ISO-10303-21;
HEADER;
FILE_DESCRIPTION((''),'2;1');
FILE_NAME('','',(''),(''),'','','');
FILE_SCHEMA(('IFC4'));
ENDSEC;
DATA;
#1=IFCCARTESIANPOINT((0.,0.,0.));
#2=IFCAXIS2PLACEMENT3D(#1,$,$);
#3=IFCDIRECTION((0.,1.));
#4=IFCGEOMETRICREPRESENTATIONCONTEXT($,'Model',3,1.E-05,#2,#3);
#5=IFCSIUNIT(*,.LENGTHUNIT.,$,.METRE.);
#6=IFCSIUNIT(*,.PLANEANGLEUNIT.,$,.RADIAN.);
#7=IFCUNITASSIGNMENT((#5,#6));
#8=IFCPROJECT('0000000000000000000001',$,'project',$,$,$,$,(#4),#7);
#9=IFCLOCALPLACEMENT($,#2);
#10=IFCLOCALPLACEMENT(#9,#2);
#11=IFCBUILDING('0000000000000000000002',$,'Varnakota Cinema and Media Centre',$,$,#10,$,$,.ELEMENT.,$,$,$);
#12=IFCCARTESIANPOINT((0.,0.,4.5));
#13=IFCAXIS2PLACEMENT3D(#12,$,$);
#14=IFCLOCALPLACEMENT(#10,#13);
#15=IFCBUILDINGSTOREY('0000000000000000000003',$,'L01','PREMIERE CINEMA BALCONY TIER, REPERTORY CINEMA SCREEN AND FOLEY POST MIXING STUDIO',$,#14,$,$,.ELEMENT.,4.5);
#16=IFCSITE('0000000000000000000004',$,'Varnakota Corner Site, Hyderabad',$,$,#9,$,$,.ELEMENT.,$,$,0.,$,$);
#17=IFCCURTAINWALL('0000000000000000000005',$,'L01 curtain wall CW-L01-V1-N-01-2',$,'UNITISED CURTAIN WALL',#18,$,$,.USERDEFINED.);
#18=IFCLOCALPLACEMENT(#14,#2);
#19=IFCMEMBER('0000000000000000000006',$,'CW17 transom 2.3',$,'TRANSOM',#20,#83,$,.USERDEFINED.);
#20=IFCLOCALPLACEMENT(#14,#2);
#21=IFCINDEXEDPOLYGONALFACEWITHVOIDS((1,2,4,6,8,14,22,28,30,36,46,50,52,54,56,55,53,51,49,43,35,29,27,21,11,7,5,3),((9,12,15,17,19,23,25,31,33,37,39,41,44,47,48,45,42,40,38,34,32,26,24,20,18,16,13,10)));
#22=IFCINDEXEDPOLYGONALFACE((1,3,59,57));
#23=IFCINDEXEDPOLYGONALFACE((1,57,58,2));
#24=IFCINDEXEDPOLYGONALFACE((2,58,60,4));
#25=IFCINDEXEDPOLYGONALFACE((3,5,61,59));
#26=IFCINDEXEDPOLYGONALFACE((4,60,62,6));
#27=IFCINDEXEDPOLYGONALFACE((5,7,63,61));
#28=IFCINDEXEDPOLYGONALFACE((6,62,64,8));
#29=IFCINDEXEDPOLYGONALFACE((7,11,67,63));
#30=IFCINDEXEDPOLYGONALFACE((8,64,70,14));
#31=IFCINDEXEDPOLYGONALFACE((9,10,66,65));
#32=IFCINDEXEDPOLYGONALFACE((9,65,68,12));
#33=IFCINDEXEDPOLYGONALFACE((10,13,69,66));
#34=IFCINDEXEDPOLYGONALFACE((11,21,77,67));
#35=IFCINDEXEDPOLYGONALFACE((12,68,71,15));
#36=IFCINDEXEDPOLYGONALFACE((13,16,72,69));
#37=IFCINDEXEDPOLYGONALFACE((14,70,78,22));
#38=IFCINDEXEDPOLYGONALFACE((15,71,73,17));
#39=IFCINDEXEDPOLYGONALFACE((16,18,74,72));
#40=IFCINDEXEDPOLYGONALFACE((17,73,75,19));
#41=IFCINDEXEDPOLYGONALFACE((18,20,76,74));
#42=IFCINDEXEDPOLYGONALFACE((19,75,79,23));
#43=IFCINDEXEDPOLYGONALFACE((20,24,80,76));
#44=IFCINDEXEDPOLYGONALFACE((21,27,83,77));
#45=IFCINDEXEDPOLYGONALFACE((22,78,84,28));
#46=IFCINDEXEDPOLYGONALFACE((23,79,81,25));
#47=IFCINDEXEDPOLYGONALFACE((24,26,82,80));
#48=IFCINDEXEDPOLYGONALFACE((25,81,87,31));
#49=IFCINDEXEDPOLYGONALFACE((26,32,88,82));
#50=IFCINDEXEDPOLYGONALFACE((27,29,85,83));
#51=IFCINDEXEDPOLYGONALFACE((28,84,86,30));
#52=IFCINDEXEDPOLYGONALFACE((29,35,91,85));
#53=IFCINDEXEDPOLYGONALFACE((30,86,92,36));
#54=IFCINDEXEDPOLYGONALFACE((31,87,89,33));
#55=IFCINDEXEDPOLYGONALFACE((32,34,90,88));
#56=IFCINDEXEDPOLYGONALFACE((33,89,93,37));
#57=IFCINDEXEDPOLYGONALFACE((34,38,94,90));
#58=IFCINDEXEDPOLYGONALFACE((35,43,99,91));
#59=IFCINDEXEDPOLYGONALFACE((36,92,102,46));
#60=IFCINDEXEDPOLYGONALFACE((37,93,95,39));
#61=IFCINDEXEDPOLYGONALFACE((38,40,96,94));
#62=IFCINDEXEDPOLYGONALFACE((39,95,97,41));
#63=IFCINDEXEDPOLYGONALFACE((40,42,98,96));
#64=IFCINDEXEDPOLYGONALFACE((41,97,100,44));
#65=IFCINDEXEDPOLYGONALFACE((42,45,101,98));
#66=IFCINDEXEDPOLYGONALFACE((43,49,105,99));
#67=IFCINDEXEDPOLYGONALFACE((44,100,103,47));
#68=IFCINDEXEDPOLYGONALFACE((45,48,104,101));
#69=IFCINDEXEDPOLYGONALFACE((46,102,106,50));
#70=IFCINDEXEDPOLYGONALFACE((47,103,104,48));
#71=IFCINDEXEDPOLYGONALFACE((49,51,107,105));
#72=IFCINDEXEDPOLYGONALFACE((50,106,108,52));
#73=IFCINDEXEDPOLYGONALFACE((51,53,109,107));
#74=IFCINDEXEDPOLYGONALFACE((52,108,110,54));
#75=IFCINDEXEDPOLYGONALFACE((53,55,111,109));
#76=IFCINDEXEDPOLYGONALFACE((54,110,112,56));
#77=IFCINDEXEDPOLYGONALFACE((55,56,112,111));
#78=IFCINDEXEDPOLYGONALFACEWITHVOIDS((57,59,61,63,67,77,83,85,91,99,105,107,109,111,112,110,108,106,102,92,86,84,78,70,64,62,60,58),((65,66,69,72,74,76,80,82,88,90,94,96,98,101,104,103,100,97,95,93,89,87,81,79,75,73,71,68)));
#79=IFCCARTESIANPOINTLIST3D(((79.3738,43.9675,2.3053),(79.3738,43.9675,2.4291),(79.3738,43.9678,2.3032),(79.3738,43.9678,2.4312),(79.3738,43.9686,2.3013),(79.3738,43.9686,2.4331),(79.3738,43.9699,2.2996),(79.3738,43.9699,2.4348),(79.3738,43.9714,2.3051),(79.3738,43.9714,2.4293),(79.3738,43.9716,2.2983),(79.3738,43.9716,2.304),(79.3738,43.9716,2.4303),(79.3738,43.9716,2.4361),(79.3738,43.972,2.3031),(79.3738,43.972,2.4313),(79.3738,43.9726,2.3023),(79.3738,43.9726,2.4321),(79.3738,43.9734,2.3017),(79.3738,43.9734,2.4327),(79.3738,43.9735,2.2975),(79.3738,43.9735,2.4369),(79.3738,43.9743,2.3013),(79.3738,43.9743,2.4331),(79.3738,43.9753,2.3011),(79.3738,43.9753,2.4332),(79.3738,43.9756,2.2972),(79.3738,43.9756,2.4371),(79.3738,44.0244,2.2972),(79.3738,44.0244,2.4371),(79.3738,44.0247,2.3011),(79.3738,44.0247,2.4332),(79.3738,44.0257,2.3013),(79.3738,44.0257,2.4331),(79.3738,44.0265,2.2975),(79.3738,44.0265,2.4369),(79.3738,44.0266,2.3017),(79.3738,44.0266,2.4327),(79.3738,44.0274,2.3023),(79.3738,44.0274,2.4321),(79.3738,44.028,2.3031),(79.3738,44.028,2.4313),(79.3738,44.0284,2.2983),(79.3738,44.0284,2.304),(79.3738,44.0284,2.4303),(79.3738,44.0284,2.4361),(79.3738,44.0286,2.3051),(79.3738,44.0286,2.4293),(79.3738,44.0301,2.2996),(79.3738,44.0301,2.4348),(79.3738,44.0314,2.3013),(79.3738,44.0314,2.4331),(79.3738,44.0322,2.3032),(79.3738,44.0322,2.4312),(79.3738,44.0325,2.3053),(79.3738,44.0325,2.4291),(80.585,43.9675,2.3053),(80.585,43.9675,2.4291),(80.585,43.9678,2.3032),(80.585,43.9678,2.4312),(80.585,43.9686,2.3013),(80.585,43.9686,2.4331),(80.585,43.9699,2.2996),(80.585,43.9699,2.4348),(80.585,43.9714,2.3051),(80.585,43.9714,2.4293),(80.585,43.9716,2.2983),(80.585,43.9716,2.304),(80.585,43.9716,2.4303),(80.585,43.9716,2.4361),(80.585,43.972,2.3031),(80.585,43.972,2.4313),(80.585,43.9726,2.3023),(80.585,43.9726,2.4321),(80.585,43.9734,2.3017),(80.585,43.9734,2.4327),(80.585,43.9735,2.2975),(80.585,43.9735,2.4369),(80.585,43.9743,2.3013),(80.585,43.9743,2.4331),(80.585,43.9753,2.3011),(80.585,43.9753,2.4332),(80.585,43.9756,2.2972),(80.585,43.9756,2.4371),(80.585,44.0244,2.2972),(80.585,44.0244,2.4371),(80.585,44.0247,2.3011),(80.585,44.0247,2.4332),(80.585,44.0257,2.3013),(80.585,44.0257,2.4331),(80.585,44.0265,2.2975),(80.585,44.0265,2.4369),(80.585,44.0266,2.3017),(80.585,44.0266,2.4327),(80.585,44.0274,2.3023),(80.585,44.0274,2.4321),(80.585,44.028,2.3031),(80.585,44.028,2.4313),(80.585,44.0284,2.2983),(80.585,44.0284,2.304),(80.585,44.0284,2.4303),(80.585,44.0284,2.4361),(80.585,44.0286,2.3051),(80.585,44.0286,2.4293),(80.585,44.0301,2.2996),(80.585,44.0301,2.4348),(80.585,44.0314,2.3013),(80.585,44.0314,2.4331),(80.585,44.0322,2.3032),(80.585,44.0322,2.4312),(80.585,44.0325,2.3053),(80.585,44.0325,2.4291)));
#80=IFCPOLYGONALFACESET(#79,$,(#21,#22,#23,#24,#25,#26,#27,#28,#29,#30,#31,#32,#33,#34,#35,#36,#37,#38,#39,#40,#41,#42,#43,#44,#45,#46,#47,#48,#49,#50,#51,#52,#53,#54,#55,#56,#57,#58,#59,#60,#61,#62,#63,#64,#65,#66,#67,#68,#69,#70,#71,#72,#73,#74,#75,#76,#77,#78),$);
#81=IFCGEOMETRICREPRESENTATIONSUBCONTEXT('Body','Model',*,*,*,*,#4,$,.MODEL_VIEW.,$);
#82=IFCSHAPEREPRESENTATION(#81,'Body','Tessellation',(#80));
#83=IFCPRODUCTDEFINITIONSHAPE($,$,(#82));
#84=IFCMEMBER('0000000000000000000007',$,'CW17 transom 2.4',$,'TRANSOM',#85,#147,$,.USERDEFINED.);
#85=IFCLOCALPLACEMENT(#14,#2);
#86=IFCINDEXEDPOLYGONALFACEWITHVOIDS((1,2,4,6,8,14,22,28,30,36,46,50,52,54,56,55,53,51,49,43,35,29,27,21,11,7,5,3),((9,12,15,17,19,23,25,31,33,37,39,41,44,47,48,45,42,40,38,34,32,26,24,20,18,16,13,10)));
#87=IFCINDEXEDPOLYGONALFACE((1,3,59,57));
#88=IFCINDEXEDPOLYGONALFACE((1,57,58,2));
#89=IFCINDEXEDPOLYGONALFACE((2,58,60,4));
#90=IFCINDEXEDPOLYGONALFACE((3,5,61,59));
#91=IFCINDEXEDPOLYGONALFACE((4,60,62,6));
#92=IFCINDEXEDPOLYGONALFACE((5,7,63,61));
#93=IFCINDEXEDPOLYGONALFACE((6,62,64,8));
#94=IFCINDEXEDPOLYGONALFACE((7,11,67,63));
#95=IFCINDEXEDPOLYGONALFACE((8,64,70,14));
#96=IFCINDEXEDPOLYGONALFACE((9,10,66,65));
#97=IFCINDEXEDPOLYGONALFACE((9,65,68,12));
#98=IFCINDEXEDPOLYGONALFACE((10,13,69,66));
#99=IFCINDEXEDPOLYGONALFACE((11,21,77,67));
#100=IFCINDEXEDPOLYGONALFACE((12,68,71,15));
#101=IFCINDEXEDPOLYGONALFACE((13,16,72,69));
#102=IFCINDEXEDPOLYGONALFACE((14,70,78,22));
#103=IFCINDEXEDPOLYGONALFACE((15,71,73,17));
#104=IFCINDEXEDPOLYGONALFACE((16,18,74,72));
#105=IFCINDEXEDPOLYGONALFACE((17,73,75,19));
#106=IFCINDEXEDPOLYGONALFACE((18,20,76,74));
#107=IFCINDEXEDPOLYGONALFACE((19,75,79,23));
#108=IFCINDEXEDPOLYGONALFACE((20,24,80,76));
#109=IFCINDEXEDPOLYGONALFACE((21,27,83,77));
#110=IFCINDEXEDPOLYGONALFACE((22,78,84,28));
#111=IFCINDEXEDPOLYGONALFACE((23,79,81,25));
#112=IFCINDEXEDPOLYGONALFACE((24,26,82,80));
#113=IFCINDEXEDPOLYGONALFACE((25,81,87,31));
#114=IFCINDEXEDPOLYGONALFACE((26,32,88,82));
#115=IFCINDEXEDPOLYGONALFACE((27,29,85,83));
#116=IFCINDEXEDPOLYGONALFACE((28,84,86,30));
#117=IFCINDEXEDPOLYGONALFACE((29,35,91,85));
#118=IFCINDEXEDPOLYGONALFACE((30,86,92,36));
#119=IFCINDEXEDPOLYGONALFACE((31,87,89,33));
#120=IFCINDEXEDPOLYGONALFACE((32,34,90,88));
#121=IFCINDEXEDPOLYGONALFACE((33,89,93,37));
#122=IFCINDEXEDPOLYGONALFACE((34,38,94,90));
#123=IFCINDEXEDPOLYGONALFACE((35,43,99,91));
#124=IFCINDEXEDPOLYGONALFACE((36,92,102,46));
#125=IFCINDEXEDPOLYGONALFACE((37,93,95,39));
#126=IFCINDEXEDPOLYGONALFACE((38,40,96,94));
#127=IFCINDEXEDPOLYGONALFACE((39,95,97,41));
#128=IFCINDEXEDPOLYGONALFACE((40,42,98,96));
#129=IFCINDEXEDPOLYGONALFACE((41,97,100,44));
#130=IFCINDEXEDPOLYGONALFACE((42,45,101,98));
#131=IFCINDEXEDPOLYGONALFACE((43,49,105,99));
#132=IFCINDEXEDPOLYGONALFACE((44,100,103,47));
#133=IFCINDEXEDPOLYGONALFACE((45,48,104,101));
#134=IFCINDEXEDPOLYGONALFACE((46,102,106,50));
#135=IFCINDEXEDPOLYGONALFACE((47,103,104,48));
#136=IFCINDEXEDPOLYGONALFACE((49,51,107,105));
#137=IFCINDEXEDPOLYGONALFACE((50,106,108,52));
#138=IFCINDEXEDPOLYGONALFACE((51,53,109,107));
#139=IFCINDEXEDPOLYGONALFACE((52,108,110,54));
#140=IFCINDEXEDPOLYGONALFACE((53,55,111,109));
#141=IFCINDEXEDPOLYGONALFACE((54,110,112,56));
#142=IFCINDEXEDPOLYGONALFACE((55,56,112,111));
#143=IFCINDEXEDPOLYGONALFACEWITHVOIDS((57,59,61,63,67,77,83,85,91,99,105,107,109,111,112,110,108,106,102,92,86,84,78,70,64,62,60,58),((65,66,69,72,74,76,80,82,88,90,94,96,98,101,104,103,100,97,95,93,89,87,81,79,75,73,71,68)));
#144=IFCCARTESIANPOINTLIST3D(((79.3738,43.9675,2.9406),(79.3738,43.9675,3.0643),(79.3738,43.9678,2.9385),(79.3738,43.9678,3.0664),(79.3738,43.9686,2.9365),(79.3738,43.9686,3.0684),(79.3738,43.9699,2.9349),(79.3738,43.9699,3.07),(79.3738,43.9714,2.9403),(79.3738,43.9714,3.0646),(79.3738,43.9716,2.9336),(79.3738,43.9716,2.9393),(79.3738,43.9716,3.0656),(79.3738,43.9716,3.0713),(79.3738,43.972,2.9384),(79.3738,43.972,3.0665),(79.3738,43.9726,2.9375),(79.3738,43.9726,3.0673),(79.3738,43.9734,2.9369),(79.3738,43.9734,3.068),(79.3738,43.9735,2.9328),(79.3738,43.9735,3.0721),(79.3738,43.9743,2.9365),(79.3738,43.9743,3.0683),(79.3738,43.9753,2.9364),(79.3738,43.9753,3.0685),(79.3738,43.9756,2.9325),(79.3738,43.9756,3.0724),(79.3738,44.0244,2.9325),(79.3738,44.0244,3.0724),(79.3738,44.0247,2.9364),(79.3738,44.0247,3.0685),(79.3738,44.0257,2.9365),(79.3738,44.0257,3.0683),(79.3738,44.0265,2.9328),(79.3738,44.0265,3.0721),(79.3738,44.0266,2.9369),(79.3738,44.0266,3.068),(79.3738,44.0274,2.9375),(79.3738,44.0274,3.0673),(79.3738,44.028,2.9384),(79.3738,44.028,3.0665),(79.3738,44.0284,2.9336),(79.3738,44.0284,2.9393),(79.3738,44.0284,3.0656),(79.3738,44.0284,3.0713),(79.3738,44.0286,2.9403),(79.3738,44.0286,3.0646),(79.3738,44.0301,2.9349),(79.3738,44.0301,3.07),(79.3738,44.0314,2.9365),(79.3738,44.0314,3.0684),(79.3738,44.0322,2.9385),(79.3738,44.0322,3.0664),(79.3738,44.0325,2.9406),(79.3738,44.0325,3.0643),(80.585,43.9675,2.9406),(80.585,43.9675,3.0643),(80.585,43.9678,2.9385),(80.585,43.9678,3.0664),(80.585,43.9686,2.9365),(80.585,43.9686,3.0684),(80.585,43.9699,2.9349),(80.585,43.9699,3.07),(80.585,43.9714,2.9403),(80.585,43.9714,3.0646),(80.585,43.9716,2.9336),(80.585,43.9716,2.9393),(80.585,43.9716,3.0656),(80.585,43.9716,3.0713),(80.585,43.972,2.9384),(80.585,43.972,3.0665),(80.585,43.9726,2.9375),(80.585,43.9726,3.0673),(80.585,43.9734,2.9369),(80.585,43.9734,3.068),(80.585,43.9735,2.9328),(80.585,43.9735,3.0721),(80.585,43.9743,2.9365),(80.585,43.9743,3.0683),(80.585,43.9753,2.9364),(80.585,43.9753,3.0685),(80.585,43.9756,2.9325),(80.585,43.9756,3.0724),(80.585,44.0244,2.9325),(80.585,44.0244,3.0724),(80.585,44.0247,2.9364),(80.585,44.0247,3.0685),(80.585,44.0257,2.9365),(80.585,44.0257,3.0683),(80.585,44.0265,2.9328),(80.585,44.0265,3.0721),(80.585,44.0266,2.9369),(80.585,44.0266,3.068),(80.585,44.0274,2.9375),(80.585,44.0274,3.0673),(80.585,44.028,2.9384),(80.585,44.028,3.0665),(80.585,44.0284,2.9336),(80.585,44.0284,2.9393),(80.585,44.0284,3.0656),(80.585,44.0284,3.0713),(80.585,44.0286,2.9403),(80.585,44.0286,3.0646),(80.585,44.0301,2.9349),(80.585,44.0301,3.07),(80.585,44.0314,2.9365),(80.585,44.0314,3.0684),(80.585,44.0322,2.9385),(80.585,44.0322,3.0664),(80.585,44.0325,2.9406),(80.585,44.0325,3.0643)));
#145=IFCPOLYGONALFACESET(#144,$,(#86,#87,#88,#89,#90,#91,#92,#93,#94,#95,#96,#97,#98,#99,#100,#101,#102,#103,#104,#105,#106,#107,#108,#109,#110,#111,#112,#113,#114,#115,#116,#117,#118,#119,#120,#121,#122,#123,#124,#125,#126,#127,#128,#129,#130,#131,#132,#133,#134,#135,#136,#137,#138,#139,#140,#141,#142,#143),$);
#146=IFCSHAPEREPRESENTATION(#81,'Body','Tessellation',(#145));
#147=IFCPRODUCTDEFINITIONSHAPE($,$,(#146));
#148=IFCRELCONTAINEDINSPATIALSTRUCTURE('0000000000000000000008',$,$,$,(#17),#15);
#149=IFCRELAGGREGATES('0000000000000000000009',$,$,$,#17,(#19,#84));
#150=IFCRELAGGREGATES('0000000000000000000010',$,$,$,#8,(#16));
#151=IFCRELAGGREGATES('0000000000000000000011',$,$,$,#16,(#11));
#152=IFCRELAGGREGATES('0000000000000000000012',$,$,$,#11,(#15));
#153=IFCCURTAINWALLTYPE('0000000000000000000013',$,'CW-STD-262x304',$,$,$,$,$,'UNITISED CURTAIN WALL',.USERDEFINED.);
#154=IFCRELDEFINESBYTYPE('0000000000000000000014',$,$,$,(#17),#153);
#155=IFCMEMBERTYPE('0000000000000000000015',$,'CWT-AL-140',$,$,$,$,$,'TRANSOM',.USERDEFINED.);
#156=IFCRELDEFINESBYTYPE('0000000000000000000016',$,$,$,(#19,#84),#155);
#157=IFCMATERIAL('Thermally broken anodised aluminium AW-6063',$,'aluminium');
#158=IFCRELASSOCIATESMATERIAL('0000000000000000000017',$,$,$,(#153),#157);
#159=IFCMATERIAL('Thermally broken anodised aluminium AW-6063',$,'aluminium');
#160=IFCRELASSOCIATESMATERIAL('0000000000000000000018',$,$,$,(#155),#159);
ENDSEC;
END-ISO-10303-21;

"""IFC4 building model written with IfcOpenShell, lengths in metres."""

from ifc_helpers import new_model, si_unit, direction, frame, origin, origin_2d, place, context, subcontext, project, spatial, hollow_rectangle, extrude, material, material_profile, profile_set, type_object, element, aggregate, save


model = new_model("IFC4")

# Units and contexts
model_context = context("Model", 3, precision=1e-05, world=origin(), true_north=direction((0.0, 1.0)))
body_context = subcontext(model_context, "Body", "Model", "MODEL_VIEW")
ifc_project = project(units=[si_unit("LENGTHUNIT", "METRE"), si_unit("PLANEANGLEUNIT", "RADIAN")], contexts=[model_context])

# Site, building, storey
site_placement = place(None, origin())
site = spatial("IfcSite", under=ifc_project, at=site_placement, Name="Varnakota Corner Site, Hyderabad", CompositionType="ELEMENT", RefElevation=0.0)
building_placement = place(site_placement, origin())
building = spatial("IfcBuilding", under=site, at=building_placement, Name="Varnakota Cinema and Media Centre", CompositionType="ELEMENT")
storey_placement = place(building_placement, frame((0.0, 0.0, 4.5)))
storey = spatial("IfcBuildingStorey", under=building, at=storey_placement, Name="L01", Description="PREMIERE CINEMA BALCONY TIER, REPERTORY CINEMA SCREEN AND FOLEY POST MIXING STUDIO", CompositionType="ELEMENT", Elevation=4.5)

# Curtain wall
ifc_material_1 = material(Name="Thermally broken anodised aluminium AW-6063", Category="aluminium")
curtain_wall_type = type_object("IfcCurtainWallType", Name="CW-STD-262x304", ElementType="UNITISED CURTAIN WALL", PredefinedType="USERDEFINED", material=ifc_material_1)
curtain_wall_1_placement = place(storey_placement, origin())
curtain_wall_1 = element("IfcCurtainWall", 1, at=curtain_wall_1_placement, inside=storey, type_object=curtain_wall_type, Name="L01 curtain wall CW-L01-V1-N-01-2", ObjectType="UNITISED CURTAIN WALL", PredefinedType="USERDEFINED")

# Members
ifc_material_2 = material(Name="Thermally broken anodised aluminium AW-6063", Category="aluminium")
ifc_material_profile_1 = material_profile(ifc_material_2, hollow_rectangle(XDim=0.0649, YDim=0.1399, WallThickness=0.0039, InnerFilletRadius=0.0039, OuterFilletRadius=0.0081, at=origin_2d()), Name="AL-TRANSOM 140x65x4")
ifc_profile_set_1 = profile_set([ifc_material_profile_1], Name="Thermally broken anodised aluminium AW-6063")
member_type_1 = type_object("IfcMemberType", Name="CWT-AL-140", ElementType="TRANSOM", PredefinedType="USERDEFINED", material=ifc_profile_set_1)
member_1_placement = place(storey_placement, frame((79.3738, 44.0, 2.3672), z_axis=(1.0, 0.0, 0.0), x_axis=(0.0, 1.0, 0.0)))
member_1 = element("IfcMember", 2, at=member_1_placement, type_object=member_type_1, Name="CW17 transom 2.3", ObjectType="TRANSOM", PredefinedType="USERDEFINED", context=body_context, shape_type="SweptSolid", body=[
    extrude(hollow_rectangle(XDim=0.0649, YDim=0.1399, WallThickness=0.0039, InnerFilletRadius=0.0039, OuterFilletRadius=0.0081, at=origin_2d()), origin(), (0.0, 0.0, 1.0), 1.2112),
])
member_2_placement = place(storey_placement, frame((79.3738, 44.0, 3.0024), z_axis=(1.0, 0.0, 0.0), x_axis=(0.0, 1.0, 0.0)))
member_2 = element("IfcMember", 3, at=member_2_placement, type_object=member_type_1, Name="CW17 transom 2.4", ObjectType="TRANSOM", PredefinedType="USERDEFINED", context=body_context, shape_type="SweptSolid", body=[
    extrude(hollow_rectangle(XDim=0.0649, YDim=0.1399, WallThickness=0.0039, InnerFilletRadius=0.0039, OuterFilletRadius=0.0081, at=origin_2d()), origin(), (0.0, 0.0, 1.0), 1.2112),
])

aggregate(curtain_wall_1, [member_1, member_2])

save(model, "model.ifc")
